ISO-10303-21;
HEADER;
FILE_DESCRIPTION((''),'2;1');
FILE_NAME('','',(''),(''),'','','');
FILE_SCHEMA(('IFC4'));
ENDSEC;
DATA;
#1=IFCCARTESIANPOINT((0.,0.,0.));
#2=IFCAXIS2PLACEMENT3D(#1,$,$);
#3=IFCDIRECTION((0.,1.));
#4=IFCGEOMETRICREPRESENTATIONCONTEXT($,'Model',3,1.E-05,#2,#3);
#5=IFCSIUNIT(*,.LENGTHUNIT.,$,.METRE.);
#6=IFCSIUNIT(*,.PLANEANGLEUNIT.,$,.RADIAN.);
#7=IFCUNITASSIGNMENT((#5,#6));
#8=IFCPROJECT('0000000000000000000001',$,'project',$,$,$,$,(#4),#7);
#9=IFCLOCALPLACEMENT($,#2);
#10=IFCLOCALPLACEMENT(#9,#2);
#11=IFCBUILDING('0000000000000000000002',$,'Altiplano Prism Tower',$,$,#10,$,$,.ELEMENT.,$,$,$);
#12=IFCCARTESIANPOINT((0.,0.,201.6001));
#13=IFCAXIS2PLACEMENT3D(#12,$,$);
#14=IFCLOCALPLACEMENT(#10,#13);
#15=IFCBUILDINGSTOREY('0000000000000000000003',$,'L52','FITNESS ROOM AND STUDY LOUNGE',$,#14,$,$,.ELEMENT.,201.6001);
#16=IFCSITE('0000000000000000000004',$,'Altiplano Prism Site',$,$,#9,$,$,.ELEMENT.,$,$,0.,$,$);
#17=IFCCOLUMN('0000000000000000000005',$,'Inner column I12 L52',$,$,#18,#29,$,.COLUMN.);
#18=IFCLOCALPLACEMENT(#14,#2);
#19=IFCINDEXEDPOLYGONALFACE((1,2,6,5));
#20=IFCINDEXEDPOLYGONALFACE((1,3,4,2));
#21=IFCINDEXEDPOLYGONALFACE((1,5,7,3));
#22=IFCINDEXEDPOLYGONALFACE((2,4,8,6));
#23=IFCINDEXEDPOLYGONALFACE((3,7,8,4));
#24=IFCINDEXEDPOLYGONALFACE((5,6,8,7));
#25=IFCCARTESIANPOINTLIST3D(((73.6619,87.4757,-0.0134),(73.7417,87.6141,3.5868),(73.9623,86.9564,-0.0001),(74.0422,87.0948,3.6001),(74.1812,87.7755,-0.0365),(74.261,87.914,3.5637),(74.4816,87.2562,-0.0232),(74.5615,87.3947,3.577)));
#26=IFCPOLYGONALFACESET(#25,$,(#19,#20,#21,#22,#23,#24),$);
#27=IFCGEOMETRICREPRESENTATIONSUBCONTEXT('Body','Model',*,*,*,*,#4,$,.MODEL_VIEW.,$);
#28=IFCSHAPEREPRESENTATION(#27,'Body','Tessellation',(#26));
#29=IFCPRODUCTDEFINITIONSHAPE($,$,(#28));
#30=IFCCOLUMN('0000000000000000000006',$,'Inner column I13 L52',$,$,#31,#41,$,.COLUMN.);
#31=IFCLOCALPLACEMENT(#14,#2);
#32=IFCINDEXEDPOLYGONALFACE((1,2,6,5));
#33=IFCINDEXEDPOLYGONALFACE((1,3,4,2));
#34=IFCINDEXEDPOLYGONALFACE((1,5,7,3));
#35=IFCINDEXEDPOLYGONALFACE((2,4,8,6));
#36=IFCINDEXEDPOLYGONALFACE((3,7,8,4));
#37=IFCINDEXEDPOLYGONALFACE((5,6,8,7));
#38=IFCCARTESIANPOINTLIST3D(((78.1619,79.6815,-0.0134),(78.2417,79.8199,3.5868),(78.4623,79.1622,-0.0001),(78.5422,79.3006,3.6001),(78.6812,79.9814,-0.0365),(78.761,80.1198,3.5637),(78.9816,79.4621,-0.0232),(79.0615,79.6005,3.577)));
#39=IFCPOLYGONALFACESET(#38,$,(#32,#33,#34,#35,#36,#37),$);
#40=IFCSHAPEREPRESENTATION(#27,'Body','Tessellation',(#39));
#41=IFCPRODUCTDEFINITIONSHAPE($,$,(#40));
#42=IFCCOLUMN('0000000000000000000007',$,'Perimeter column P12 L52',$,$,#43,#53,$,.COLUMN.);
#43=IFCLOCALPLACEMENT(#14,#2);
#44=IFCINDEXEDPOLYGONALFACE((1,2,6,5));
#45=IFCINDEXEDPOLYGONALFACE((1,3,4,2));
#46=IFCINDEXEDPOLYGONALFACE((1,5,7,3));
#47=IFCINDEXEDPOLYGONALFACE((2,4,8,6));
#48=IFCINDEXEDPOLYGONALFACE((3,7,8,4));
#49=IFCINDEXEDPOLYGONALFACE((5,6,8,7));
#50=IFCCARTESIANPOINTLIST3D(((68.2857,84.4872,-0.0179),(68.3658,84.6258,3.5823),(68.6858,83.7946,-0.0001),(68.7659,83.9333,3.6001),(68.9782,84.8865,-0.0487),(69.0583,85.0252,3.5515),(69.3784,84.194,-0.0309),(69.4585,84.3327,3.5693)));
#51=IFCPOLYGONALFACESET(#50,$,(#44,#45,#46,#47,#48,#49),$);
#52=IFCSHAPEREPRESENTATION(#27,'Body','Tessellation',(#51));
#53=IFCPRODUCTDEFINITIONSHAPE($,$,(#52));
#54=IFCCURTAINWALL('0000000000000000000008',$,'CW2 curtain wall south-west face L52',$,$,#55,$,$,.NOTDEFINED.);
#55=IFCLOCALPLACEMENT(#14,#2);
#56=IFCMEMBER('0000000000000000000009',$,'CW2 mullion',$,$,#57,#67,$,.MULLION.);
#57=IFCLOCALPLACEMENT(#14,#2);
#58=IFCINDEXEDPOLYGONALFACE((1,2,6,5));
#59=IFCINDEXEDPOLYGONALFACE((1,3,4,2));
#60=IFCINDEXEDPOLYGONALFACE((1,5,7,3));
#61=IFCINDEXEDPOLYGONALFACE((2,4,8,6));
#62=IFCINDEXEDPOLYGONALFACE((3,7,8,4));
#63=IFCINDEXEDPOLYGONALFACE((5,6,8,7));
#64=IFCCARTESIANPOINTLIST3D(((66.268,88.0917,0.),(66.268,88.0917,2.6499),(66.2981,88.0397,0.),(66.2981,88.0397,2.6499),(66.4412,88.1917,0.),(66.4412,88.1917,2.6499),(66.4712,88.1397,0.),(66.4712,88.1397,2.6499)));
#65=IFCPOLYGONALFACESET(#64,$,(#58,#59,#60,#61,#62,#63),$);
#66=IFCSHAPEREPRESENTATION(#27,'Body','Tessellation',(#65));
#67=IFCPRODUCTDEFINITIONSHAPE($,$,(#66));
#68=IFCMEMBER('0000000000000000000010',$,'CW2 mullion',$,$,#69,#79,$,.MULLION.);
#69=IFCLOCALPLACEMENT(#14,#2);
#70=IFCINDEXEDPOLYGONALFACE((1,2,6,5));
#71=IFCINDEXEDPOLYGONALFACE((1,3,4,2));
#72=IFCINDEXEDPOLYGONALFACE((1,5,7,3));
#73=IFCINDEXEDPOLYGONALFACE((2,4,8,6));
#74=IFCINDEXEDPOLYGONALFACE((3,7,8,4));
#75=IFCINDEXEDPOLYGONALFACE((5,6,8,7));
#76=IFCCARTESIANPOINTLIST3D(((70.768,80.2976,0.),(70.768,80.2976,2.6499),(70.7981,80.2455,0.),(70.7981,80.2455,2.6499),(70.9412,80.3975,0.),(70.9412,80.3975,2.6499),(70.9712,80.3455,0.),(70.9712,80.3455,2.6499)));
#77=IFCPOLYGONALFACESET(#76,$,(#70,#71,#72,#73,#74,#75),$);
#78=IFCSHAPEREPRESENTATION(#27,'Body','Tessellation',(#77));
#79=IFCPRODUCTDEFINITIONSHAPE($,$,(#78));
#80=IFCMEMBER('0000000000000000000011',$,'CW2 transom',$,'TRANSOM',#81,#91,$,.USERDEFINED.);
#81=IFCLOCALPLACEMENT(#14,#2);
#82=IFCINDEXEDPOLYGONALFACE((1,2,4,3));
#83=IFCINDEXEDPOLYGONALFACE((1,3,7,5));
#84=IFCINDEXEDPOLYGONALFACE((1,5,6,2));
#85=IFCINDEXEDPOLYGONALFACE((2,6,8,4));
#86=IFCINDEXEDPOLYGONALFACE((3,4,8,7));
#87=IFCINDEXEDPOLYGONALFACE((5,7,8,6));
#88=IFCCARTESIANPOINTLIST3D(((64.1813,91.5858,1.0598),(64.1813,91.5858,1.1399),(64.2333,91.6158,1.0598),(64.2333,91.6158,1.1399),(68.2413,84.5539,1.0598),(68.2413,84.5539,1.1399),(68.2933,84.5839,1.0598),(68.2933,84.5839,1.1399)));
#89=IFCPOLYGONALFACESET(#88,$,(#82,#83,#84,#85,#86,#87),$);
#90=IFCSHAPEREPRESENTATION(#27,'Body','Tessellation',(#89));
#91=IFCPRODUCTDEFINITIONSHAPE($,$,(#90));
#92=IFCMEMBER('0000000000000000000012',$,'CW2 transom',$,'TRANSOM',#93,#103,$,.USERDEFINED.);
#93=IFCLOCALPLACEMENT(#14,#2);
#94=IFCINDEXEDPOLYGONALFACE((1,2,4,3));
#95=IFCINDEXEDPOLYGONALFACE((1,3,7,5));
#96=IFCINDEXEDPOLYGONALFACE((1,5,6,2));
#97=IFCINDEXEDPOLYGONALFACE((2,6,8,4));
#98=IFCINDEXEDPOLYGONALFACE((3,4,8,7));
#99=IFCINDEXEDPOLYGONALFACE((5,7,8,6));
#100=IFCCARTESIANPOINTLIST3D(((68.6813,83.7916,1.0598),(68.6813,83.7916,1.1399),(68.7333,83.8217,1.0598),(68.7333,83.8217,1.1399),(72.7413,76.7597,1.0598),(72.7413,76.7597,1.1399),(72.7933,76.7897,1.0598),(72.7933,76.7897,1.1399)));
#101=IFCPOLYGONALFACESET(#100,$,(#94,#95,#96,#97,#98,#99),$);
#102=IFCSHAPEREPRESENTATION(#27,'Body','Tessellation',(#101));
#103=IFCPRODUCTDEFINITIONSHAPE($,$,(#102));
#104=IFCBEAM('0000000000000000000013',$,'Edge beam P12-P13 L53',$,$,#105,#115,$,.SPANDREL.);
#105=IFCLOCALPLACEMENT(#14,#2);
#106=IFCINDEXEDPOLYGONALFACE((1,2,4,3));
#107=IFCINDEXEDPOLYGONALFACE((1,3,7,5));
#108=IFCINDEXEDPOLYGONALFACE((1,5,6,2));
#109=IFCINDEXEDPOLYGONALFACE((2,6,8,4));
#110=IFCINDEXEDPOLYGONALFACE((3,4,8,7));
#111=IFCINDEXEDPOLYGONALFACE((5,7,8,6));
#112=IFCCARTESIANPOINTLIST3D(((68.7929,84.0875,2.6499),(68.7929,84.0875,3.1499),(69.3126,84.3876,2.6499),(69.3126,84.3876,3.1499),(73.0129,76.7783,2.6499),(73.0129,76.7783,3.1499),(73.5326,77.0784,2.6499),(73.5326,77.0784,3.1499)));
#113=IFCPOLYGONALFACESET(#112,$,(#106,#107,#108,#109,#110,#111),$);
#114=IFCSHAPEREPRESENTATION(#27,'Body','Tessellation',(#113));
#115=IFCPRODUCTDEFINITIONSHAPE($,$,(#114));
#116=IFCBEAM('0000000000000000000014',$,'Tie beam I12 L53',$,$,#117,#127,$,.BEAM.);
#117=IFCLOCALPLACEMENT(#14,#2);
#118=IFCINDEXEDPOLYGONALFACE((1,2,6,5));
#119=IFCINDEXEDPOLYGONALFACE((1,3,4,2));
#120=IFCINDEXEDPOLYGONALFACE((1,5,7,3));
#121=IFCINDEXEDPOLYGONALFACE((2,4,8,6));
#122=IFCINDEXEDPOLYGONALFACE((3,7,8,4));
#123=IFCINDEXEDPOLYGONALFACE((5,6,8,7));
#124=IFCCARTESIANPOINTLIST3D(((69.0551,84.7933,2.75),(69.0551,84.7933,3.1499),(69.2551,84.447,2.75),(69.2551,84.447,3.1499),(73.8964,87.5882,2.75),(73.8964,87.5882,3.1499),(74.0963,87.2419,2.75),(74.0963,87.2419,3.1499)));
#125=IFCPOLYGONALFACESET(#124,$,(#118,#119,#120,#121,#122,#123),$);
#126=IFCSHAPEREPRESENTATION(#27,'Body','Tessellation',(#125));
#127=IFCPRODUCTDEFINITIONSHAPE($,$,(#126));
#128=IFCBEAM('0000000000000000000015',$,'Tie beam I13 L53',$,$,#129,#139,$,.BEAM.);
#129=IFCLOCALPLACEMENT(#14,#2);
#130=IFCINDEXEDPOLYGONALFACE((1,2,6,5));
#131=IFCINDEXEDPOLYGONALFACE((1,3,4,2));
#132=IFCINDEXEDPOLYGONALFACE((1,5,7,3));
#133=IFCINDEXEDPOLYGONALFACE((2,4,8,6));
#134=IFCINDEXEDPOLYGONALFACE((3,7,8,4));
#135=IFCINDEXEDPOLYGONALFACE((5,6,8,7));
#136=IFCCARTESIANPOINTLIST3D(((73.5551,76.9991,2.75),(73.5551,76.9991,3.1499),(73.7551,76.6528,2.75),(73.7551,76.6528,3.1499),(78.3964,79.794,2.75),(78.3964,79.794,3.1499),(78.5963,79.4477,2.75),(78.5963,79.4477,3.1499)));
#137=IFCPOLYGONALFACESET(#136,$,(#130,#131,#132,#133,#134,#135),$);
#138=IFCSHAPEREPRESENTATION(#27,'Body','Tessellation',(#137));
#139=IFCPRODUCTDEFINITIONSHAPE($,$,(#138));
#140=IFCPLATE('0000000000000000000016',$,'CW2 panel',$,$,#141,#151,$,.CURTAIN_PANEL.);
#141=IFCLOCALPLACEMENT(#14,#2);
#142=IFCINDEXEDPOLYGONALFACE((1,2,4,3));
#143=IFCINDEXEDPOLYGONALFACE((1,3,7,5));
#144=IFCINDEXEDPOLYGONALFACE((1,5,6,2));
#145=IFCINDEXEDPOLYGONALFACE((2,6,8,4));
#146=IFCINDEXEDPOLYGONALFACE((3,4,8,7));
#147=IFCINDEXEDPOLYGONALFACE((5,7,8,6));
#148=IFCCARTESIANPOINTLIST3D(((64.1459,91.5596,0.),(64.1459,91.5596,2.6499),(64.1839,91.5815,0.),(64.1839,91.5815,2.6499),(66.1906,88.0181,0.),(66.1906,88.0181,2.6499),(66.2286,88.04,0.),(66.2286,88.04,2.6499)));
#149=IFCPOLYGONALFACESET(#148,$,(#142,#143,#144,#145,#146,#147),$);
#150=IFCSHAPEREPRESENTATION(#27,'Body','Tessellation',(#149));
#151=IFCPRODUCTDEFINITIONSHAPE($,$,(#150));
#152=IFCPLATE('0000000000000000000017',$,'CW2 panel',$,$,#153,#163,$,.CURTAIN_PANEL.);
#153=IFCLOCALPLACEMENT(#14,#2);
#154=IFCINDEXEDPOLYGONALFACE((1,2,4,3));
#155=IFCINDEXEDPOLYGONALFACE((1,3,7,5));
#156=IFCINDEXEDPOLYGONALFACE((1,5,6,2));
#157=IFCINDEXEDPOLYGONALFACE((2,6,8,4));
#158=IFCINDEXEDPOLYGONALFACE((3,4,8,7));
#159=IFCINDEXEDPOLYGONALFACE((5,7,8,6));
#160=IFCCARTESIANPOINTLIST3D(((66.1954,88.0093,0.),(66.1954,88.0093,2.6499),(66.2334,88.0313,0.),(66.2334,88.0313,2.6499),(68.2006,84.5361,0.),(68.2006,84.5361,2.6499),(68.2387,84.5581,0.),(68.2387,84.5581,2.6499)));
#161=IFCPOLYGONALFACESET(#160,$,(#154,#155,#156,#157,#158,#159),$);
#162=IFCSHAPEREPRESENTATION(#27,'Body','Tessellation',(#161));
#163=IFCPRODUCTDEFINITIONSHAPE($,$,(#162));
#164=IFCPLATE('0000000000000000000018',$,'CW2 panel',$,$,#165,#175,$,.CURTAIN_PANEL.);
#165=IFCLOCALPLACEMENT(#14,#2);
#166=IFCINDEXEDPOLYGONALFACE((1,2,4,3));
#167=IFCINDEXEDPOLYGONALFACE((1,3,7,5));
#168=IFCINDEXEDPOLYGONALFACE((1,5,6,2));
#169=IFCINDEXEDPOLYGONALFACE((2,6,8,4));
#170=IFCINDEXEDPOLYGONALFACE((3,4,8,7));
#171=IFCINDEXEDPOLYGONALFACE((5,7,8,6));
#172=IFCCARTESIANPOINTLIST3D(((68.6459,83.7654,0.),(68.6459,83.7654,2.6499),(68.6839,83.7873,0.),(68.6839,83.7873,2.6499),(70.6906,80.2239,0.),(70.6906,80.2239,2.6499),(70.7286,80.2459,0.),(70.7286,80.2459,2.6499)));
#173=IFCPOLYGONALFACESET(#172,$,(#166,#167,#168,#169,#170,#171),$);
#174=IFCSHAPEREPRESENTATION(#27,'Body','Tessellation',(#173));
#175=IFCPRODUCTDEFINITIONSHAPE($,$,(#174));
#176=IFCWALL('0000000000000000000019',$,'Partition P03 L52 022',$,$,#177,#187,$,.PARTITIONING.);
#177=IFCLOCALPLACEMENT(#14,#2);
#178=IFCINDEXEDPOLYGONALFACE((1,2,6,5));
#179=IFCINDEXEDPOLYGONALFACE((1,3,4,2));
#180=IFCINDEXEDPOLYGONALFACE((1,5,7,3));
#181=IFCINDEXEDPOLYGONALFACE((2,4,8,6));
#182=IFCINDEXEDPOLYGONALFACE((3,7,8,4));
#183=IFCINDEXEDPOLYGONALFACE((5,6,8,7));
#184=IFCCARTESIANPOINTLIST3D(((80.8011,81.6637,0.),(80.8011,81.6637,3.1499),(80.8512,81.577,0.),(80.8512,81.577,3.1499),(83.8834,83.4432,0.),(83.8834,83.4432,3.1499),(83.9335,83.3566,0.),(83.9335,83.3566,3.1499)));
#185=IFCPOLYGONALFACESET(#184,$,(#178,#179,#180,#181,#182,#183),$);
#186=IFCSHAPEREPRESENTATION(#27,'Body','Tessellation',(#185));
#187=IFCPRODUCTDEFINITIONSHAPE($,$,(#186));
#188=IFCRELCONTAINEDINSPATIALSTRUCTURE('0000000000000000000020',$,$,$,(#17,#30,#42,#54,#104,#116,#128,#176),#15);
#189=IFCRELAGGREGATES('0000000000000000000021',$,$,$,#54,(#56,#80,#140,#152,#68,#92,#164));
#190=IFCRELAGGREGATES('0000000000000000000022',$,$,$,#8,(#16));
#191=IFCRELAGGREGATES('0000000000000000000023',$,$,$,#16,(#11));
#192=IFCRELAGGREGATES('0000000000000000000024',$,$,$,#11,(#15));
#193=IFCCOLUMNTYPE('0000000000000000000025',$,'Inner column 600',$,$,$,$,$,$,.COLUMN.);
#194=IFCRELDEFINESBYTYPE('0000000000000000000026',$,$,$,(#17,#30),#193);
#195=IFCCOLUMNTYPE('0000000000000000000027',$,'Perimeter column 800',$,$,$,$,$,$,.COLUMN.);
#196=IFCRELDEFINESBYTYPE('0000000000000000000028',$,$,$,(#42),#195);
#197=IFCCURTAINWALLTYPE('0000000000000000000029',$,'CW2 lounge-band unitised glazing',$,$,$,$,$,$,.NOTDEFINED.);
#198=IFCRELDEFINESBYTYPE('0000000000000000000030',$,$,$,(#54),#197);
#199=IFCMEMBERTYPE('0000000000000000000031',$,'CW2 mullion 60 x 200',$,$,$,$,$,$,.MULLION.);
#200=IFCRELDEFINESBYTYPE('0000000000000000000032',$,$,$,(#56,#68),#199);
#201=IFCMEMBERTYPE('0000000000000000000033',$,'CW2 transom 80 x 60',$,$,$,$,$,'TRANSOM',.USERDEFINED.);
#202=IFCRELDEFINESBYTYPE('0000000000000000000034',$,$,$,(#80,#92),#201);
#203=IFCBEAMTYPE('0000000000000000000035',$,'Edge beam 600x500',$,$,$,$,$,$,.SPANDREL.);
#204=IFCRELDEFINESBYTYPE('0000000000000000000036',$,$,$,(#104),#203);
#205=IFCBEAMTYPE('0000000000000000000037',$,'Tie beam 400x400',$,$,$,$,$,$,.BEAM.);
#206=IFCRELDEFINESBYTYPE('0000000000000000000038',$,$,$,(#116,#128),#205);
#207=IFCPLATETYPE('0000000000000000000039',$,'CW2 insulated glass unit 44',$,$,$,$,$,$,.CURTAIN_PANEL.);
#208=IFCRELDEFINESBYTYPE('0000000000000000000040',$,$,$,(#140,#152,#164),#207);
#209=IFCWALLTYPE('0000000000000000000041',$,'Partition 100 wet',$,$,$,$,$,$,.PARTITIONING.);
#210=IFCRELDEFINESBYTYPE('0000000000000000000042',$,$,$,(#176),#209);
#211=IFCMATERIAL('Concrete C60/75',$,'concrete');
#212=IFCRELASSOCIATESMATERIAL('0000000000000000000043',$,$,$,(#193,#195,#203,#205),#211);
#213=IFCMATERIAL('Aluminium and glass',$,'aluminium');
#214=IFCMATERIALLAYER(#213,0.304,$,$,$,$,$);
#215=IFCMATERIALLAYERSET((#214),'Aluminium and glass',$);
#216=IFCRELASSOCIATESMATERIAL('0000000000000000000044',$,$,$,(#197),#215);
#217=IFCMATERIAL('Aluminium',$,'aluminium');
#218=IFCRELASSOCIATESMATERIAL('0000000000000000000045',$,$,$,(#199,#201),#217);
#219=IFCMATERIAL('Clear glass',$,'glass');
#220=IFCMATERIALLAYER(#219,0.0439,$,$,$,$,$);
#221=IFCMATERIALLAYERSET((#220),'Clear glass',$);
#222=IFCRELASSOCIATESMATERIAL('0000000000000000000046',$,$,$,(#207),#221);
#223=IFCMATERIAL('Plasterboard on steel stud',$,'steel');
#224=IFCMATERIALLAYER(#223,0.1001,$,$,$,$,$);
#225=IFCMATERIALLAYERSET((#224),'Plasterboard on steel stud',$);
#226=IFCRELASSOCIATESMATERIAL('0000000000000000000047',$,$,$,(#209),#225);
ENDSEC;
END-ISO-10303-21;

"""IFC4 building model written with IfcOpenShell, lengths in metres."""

from ifc_helpers import new_model, si_unit, direction, frame, frame_2d, origin, origin_2d, place, context, subcontext, project, spatial, rectangle, extrude, material, layer, layer_set, material_profile, profile_set, type_object, element, aggregate, save


model = new_model("IFC4")

# Units and contexts
model_context = context("Model", 3, precision=1e-05, world=origin(), true_north=direction((0.0, 1.0)))
body_context = subcontext(model_context, "Body", "Model", "MODEL_VIEW")
ifc_project = project(units=[si_unit("LENGTHUNIT", "METRE"), si_unit("PLANEANGLEUNIT", "RADIAN")], contexts=[model_context])

# Site, building, storey
site_placement = place(None, origin())
site = spatial("IfcSite", under=ifc_project, at=site_placement, Name="Altiplano Prism Site", CompositionType="ELEMENT", RefElevation=0.0)
building_placement = place(site_placement, origin())
building = spatial("IfcBuilding", under=site, at=building_placement, Name="Altiplano Prism Tower", CompositionType="ELEMENT")
storey_placement = place(building_placement, frame((0.0, 0.0, 201.6001)))
storey = spatial("IfcBuildingStorey", under=building, at=storey_placement, Name="L52", Description="FITNESS ROOM AND STUDY LOUNGE", CompositionType="ELEMENT", Elevation=201.6001)

# Columns
ifc_material_1 = material(Name="Concrete C60/75", Category="concrete")
ifc_material_profile_1 = material_profile(ifc_material_1, rectangle(XDim=0.6001, YDim=0.6001, at=origin_2d()), Name="Inner column 600")
ifc_profile_set_1 = profile_set([ifc_material_profile_1], Name="Concrete C60/75")
column_type_1 = type_object("IfcColumnType", Name="Inner column 600", PredefinedType="COLUMN", material=ifc_profile_set_1)
for number, where, z_axis, x_axis, name in (
    (1, (74.0718, 87.366, -0.0183), (0.022154, 0.038413, 0.999016), (-0.865365, -0.499669, 0.038403), "Inner column I12 L52"),
    (2, (78.5718, 79.5718, -0.0183), (0.022154, 0.038413, 0.999016), (-0.865365, -0.499669, 0.038403), "Inner column I13 L52"),
):
    element("IfcColumn", number, at=place(storey_placement, frame(where, z_axis=z_axis, x_axis=x_axis)), inside=storey, type_object=column_type_1, Name=name, PredefinedType="COLUMN", context=body_context, shape_type="SweptSolid", body=[
        extrude(rectangle(XDim=0.6001, YDim=0.6001, at=origin_2d()), origin(), (0.0, 0.0, 1.0), 3.6038),
    ])
ifc_material_profile_2 = material_profile(ifc_material_1, rectangle(XDim=0.8, YDim=0.8, at=origin_2d()), Name="Perimeter column 800")
ifc_profile_set_2 = profile_set([ifc_material_profile_2], Name="Concrete C60/75")
column_type_2 = type_object("IfcColumnType", Name="Perimeter column 800", PredefinedType="COLUMN", material=ifc_profile_set_2)
column_placement = place(storey_placement, frame((68.832, 84.3406, -0.0244), z_axis=(0.022221, 0.038481, 0.999012), x_axis=(-0.865642, -0.499182, 0.038483)))
element("IfcColumn", 3, at=column_placement, inside=storey, type_object=column_type_2, Name="Perimeter column P12 L52", PredefinedType="COLUMN", context=body_context, shape_type="SweptSolid", body=[
    extrude(rectangle(XDim=0.8, YDim=0.8, at=origin_2d()), origin(), (0.0, 0.0, 1.0), 3.6038),
])

# Curtain wall, members
ifc_material_2 = material(Name="Aluminium and glass", Category="aluminium")
ifc_layer_1 = layer(ifc_material_2, 0.304)
ifc_layer_set_1 = layer_set([ifc_layer_1], Name="Aluminium and glass")
curtain_wall_type = type_object("IfcCurtainWallType", Name="CW2 lounge-band unitised glazing", PredefinedType="NOTDEFINED", material=ifc_layer_set_1)
curtain_wall_placement = place(storey_placement, origin())
curtain_wall = element("IfcCurtainWall", 4, at=curtain_wall_placement, inside=storey, type_object=curtain_wall_type, Name="CW2 curtain wall south-west face L52", PredefinedType="NOTDEFINED")
ifc_material_3 = material(Name="Aluminium", Category="aluminium")
ifc_material_profile_3 = material_profile(ifc_material_3, rectangle(XDim=0.2, YDim=0.0601, at=origin_2d()), Name="CW2 mullion 60 x 200")
ifc_profile_set_3 = profile_set([ifc_material_profile_3], Name="Aluminium")
member_type_1 = type_object("IfcMemberType", Name="CW2 mullion 60 x 200", PredefinedType="MULLION", material=ifc_profile_set_3)
member_1_placement = place(storey_placement, frame((66.3696, 88.1157, 0.0), z_axis=(0.0, 0.0, 1.0), x_axis=(0.866025, 0.5, 0.0)))
member_1 = element("IfcMember", 5, at=member_1_placement, type_object=member_type_1, Name="CW2 mullion", PredefinedType="MULLION", context=body_context, shape_type="SweptSolid", body=[
    extrude(rectangle(XDim=0.2, YDim=0.0601, at=origin_2d()), origin(), (0.0, 0.0, 1.0), 2.6499),
])
member_2_placement = place(storey_placement, frame((70.8696, 80.3215, 0.0), z_axis=(0.0, 0.0, 1.0), x_axis=(0.866025, 0.5, 0.0)))
member_2 = element("IfcMember", 6, at=member_2_placement, type_object=member_type_1, Name="CW2 mullion", PredefinedType="MULLION", context=body_context, shape_type="SweptSolid", body=[
    extrude(rectangle(XDim=0.2, YDim=0.0601, at=origin_2d()), origin(), (0.0, 0.0, 1.0), 2.6499),
])
ifc_material_profile_4 = material_profile(ifc_material_3, rectangle(XDim=0.0601, YDim=0.0801, at=origin_2d()), Name="CW2 transom 80 x 60")
ifc_profile_set_4 = profile_set([ifc_material_profile_4], Name="Aluminium")
member_type_2 = type_object("IfcMemberType", Name="CW2 transom 80 x 60", ElementType="TRANSOM", PredefinedType="USERDEFINED", material=ifc_profile_set_4)
member_3_placement = place(storey_placement, frame((64.2073, 91.6008, 1.0999), z_axis=(0.500013, -0.866018, 0.0), x_axis=(0.866018, 0.500013, 0.0)))
member_3 = element("IfcMember", 7, at=member_3_placement, type_object=member_type_2, Name="CW2 transom", ObjectType="TRANSOM", PredefinedType="USERDEFINED", context=body_context, shape_type="SweptSolid", body=[
    extrude(rectangle(XDim=0.0601, YDim=0.0801, at=origin_2d()), origin(), (0.0, 0.0, 1.0), 8.1199),
])
member_4_placement = place(storey_placement, frame((68.7073, 83.8066, 1.0999), z_axis=(0.500013, -0.866018, 0.0), x_axis=(0.866018, 0.500013, 0.0)))
member_4 = element("IfcMember", 8, at=member_4_placement, type_object=member_type_2, Name="CW2 transom", ObjectType="TRANSOM", PredefinedType="USERDEFINED", context=body_context, shape_type="SweptSolid", body=[
    extrude(rectangle(XDim=0.0601, YDim=0.0801, at=origin_2d()), origin(), (0.0, 0.0, 1.0), 8.1199),
])

# Beams
ifc_material_profile_5 = material_profile(ifc_material_1, rectangle(XDim=0.6001, YDim=0.5, at=origin_2d()), Name="Edge beam 600x500")
ifc_profile_set_5 = profile_set([ifc_material_profile_5], Name="Concrete C60/75")
beam_type_1 = type_object("IfcBeamType", Name="Edge beam 600x500", PredefinedType="SPANDREL", material=ifc_profile_set_5)
beam_placement = place(storey_placement, frame((69.0527, 84.2375, 2.8999), z_axis=(0.500006, -0.866022, 0.0), x_axis=(0.866022, 0.500006, 0.0)))
element("IfcBeam", 9, at=beam_placement, inside=storey, type_object=beam_type_1, Name="Edge beam P12-P13 L53", PredefinedType="SPANDREL", context=body_context, shape_type="SweptSolid", body=[
    extrude(rectangle(XDim=0.6001, YDim=0.5, at=origin_2d()), origin(), (0.0, 0.0, 1.0), 8.4399),
])
ifc_material_profile_6 = material_profile(ifc_material_1, rectangle(XDim=0.3999, YDim=0.3999, at=origin_2d()), Name="Tie beam 400x400")
ifc_profile_set_6 = profile_set([ifc_material_profile_6], Name="Concrete C60/75")
beam_type_2 = type_object("IfcBeamType", Name="Tie beam 400x400", PredefinedType="BEAM", material=ifc_profile_set_6)
for number, where, z_axis, x_axis, name in (
    (10, (73.9963, 87.415, 2.95), (-0.866042, -0.499972, 0.0), (0.499972, -0.866042, 0.0), "Tie beam I12 L53"),
    (11, (78.4963, 79.6208, 2.95), (-0.866042, -0.499972, 0.0), (0.499972, -0.866042, 0.0), "Tie beam I13 L53"),
):
    element("IfcBeam", number, at=place(storey_placement, frame(where, z_axis=z_axis, x_axis=x_axis)), inside=storey, type_object=beam_type_2, Name=name, PredefinedType="BEAM", context=body_context, shape_type="SweptSolid", body=[
        extrude(rectangle(XDim=0.3999, YDim=0.3999, at=origin_2d()), origin(), (0.0, 0.0, 1.0), 5.5901),
    ])

# Plates
ifc_material_4 = material(Name="Clear glass", Category="glass")
ifc_layer_2 = layer(ifc_material_4, 0.0439)
ifc_layer_set_2 = layer_set([ifc_layer_2], Name="Clear glass")
plate_type = type_object("IfcPlateType", Name="CW2 insulated glass unit 44", PredefinedType="CURTAIN_PANEL", material=ifc_layer_set_2)
plate_1_placement = place(storey_placement, frame((65.1873, 89.7998, 0.0), z_axis=(0.0, 0.0, 1.0), x_axis=(0.5, -0.866025, 0.0)))
plate_1 = element("IfcPlate", 12, at=plate_1_placement, type_object=plate_type, Name="CW2 panel", PredefinedType="CURTAIN_PANEL", context=body_context, shape_type="SweptSolid", body=[
    extrude(rectangle(XDim=4.0894, YDim=0.0439, at=origin_2d()), origin(), (0.0, 0.0, 1.0), 2.6499),
])
plate_2_placement = place(storey_placement, frame((67.217, 86.2837, 0.0), z_axis=(0.0, 0.0, 1.0), x_axis=(0.5, -0.866025, 0.0)))
plate_2 = element("IfcPlate", 13, at=plate_2_placement, type_object=plate_type, Name="CW2 panel", PredefinedType="CURTAIN_PANEL", context=body_context, shape_type="SweptSolid", body=[
    extrude(rectangle(XDim=4.0105, YDim=0.0439, at=origin_2d()), origin(), (0.0, 0.0, 1.0), 2.6499),
])
plate_3_placement = place(storey_placement, frame((69.6873, 82.0056, 0.0), z_axis=(0.0, 0.0, 1.0), x_axis=(0.5, -0.866025, 0.0)))
plate_3 = element("IfcPlate", 14, at=plate_3_placement, type_object=plate_type, Name="CW2 panel", PredefinedType="CURTAIN_PANEL", context=body_context, shape_type="SweptSolid", body=[
    extrude(rectangle(XDim=4.0894, YDim=0.0439, at=origin_2d()), origin(), (0.0, 0.0, 1.0), 2.6499),
])
aggregate(curtain_wall, [member_1, member_3, plate_1, plate_2, member_2, member_4, plate_3])

# Wall
ifc_material_5 = material(Name="Plasterboard on steel stud", Category="steel")
ifc_layer_3 = layer(ifc_material_5, 0.1001)
ifc_layer_set_3 = layer_set([ifc_layer_3], Name="Plasterboard on steel stud")
wall_type_1 = type_object("IfcWallType", Name="Partition 100 wet", PredefinedType="PARTITIONING", material=ifc_layer_set_3)
wall_1_placement = place(storey_placement, frame((80.8262, 81.6204, 0.0), z_axis=(0.0, 0.0, 1.0), x_axis=(0.866027, 0.499998, 0.0)))
element("IfcWall", 15, at=wall_1_placement, inside=storey, type_object=wall_type_1, Name="Partition P03 L52 022", PredefinedType="PARTITIONING", context=body_context, shape_type="SweptSolid", body=[
    extrude(rectangle(XDim=3.5591, YDim=0.1001, at=frame_2d((1.7795, 0.0))), origin(), (0.0, 0.0, 1.0), 3.1499),
])

save(model, "model.ifc")
